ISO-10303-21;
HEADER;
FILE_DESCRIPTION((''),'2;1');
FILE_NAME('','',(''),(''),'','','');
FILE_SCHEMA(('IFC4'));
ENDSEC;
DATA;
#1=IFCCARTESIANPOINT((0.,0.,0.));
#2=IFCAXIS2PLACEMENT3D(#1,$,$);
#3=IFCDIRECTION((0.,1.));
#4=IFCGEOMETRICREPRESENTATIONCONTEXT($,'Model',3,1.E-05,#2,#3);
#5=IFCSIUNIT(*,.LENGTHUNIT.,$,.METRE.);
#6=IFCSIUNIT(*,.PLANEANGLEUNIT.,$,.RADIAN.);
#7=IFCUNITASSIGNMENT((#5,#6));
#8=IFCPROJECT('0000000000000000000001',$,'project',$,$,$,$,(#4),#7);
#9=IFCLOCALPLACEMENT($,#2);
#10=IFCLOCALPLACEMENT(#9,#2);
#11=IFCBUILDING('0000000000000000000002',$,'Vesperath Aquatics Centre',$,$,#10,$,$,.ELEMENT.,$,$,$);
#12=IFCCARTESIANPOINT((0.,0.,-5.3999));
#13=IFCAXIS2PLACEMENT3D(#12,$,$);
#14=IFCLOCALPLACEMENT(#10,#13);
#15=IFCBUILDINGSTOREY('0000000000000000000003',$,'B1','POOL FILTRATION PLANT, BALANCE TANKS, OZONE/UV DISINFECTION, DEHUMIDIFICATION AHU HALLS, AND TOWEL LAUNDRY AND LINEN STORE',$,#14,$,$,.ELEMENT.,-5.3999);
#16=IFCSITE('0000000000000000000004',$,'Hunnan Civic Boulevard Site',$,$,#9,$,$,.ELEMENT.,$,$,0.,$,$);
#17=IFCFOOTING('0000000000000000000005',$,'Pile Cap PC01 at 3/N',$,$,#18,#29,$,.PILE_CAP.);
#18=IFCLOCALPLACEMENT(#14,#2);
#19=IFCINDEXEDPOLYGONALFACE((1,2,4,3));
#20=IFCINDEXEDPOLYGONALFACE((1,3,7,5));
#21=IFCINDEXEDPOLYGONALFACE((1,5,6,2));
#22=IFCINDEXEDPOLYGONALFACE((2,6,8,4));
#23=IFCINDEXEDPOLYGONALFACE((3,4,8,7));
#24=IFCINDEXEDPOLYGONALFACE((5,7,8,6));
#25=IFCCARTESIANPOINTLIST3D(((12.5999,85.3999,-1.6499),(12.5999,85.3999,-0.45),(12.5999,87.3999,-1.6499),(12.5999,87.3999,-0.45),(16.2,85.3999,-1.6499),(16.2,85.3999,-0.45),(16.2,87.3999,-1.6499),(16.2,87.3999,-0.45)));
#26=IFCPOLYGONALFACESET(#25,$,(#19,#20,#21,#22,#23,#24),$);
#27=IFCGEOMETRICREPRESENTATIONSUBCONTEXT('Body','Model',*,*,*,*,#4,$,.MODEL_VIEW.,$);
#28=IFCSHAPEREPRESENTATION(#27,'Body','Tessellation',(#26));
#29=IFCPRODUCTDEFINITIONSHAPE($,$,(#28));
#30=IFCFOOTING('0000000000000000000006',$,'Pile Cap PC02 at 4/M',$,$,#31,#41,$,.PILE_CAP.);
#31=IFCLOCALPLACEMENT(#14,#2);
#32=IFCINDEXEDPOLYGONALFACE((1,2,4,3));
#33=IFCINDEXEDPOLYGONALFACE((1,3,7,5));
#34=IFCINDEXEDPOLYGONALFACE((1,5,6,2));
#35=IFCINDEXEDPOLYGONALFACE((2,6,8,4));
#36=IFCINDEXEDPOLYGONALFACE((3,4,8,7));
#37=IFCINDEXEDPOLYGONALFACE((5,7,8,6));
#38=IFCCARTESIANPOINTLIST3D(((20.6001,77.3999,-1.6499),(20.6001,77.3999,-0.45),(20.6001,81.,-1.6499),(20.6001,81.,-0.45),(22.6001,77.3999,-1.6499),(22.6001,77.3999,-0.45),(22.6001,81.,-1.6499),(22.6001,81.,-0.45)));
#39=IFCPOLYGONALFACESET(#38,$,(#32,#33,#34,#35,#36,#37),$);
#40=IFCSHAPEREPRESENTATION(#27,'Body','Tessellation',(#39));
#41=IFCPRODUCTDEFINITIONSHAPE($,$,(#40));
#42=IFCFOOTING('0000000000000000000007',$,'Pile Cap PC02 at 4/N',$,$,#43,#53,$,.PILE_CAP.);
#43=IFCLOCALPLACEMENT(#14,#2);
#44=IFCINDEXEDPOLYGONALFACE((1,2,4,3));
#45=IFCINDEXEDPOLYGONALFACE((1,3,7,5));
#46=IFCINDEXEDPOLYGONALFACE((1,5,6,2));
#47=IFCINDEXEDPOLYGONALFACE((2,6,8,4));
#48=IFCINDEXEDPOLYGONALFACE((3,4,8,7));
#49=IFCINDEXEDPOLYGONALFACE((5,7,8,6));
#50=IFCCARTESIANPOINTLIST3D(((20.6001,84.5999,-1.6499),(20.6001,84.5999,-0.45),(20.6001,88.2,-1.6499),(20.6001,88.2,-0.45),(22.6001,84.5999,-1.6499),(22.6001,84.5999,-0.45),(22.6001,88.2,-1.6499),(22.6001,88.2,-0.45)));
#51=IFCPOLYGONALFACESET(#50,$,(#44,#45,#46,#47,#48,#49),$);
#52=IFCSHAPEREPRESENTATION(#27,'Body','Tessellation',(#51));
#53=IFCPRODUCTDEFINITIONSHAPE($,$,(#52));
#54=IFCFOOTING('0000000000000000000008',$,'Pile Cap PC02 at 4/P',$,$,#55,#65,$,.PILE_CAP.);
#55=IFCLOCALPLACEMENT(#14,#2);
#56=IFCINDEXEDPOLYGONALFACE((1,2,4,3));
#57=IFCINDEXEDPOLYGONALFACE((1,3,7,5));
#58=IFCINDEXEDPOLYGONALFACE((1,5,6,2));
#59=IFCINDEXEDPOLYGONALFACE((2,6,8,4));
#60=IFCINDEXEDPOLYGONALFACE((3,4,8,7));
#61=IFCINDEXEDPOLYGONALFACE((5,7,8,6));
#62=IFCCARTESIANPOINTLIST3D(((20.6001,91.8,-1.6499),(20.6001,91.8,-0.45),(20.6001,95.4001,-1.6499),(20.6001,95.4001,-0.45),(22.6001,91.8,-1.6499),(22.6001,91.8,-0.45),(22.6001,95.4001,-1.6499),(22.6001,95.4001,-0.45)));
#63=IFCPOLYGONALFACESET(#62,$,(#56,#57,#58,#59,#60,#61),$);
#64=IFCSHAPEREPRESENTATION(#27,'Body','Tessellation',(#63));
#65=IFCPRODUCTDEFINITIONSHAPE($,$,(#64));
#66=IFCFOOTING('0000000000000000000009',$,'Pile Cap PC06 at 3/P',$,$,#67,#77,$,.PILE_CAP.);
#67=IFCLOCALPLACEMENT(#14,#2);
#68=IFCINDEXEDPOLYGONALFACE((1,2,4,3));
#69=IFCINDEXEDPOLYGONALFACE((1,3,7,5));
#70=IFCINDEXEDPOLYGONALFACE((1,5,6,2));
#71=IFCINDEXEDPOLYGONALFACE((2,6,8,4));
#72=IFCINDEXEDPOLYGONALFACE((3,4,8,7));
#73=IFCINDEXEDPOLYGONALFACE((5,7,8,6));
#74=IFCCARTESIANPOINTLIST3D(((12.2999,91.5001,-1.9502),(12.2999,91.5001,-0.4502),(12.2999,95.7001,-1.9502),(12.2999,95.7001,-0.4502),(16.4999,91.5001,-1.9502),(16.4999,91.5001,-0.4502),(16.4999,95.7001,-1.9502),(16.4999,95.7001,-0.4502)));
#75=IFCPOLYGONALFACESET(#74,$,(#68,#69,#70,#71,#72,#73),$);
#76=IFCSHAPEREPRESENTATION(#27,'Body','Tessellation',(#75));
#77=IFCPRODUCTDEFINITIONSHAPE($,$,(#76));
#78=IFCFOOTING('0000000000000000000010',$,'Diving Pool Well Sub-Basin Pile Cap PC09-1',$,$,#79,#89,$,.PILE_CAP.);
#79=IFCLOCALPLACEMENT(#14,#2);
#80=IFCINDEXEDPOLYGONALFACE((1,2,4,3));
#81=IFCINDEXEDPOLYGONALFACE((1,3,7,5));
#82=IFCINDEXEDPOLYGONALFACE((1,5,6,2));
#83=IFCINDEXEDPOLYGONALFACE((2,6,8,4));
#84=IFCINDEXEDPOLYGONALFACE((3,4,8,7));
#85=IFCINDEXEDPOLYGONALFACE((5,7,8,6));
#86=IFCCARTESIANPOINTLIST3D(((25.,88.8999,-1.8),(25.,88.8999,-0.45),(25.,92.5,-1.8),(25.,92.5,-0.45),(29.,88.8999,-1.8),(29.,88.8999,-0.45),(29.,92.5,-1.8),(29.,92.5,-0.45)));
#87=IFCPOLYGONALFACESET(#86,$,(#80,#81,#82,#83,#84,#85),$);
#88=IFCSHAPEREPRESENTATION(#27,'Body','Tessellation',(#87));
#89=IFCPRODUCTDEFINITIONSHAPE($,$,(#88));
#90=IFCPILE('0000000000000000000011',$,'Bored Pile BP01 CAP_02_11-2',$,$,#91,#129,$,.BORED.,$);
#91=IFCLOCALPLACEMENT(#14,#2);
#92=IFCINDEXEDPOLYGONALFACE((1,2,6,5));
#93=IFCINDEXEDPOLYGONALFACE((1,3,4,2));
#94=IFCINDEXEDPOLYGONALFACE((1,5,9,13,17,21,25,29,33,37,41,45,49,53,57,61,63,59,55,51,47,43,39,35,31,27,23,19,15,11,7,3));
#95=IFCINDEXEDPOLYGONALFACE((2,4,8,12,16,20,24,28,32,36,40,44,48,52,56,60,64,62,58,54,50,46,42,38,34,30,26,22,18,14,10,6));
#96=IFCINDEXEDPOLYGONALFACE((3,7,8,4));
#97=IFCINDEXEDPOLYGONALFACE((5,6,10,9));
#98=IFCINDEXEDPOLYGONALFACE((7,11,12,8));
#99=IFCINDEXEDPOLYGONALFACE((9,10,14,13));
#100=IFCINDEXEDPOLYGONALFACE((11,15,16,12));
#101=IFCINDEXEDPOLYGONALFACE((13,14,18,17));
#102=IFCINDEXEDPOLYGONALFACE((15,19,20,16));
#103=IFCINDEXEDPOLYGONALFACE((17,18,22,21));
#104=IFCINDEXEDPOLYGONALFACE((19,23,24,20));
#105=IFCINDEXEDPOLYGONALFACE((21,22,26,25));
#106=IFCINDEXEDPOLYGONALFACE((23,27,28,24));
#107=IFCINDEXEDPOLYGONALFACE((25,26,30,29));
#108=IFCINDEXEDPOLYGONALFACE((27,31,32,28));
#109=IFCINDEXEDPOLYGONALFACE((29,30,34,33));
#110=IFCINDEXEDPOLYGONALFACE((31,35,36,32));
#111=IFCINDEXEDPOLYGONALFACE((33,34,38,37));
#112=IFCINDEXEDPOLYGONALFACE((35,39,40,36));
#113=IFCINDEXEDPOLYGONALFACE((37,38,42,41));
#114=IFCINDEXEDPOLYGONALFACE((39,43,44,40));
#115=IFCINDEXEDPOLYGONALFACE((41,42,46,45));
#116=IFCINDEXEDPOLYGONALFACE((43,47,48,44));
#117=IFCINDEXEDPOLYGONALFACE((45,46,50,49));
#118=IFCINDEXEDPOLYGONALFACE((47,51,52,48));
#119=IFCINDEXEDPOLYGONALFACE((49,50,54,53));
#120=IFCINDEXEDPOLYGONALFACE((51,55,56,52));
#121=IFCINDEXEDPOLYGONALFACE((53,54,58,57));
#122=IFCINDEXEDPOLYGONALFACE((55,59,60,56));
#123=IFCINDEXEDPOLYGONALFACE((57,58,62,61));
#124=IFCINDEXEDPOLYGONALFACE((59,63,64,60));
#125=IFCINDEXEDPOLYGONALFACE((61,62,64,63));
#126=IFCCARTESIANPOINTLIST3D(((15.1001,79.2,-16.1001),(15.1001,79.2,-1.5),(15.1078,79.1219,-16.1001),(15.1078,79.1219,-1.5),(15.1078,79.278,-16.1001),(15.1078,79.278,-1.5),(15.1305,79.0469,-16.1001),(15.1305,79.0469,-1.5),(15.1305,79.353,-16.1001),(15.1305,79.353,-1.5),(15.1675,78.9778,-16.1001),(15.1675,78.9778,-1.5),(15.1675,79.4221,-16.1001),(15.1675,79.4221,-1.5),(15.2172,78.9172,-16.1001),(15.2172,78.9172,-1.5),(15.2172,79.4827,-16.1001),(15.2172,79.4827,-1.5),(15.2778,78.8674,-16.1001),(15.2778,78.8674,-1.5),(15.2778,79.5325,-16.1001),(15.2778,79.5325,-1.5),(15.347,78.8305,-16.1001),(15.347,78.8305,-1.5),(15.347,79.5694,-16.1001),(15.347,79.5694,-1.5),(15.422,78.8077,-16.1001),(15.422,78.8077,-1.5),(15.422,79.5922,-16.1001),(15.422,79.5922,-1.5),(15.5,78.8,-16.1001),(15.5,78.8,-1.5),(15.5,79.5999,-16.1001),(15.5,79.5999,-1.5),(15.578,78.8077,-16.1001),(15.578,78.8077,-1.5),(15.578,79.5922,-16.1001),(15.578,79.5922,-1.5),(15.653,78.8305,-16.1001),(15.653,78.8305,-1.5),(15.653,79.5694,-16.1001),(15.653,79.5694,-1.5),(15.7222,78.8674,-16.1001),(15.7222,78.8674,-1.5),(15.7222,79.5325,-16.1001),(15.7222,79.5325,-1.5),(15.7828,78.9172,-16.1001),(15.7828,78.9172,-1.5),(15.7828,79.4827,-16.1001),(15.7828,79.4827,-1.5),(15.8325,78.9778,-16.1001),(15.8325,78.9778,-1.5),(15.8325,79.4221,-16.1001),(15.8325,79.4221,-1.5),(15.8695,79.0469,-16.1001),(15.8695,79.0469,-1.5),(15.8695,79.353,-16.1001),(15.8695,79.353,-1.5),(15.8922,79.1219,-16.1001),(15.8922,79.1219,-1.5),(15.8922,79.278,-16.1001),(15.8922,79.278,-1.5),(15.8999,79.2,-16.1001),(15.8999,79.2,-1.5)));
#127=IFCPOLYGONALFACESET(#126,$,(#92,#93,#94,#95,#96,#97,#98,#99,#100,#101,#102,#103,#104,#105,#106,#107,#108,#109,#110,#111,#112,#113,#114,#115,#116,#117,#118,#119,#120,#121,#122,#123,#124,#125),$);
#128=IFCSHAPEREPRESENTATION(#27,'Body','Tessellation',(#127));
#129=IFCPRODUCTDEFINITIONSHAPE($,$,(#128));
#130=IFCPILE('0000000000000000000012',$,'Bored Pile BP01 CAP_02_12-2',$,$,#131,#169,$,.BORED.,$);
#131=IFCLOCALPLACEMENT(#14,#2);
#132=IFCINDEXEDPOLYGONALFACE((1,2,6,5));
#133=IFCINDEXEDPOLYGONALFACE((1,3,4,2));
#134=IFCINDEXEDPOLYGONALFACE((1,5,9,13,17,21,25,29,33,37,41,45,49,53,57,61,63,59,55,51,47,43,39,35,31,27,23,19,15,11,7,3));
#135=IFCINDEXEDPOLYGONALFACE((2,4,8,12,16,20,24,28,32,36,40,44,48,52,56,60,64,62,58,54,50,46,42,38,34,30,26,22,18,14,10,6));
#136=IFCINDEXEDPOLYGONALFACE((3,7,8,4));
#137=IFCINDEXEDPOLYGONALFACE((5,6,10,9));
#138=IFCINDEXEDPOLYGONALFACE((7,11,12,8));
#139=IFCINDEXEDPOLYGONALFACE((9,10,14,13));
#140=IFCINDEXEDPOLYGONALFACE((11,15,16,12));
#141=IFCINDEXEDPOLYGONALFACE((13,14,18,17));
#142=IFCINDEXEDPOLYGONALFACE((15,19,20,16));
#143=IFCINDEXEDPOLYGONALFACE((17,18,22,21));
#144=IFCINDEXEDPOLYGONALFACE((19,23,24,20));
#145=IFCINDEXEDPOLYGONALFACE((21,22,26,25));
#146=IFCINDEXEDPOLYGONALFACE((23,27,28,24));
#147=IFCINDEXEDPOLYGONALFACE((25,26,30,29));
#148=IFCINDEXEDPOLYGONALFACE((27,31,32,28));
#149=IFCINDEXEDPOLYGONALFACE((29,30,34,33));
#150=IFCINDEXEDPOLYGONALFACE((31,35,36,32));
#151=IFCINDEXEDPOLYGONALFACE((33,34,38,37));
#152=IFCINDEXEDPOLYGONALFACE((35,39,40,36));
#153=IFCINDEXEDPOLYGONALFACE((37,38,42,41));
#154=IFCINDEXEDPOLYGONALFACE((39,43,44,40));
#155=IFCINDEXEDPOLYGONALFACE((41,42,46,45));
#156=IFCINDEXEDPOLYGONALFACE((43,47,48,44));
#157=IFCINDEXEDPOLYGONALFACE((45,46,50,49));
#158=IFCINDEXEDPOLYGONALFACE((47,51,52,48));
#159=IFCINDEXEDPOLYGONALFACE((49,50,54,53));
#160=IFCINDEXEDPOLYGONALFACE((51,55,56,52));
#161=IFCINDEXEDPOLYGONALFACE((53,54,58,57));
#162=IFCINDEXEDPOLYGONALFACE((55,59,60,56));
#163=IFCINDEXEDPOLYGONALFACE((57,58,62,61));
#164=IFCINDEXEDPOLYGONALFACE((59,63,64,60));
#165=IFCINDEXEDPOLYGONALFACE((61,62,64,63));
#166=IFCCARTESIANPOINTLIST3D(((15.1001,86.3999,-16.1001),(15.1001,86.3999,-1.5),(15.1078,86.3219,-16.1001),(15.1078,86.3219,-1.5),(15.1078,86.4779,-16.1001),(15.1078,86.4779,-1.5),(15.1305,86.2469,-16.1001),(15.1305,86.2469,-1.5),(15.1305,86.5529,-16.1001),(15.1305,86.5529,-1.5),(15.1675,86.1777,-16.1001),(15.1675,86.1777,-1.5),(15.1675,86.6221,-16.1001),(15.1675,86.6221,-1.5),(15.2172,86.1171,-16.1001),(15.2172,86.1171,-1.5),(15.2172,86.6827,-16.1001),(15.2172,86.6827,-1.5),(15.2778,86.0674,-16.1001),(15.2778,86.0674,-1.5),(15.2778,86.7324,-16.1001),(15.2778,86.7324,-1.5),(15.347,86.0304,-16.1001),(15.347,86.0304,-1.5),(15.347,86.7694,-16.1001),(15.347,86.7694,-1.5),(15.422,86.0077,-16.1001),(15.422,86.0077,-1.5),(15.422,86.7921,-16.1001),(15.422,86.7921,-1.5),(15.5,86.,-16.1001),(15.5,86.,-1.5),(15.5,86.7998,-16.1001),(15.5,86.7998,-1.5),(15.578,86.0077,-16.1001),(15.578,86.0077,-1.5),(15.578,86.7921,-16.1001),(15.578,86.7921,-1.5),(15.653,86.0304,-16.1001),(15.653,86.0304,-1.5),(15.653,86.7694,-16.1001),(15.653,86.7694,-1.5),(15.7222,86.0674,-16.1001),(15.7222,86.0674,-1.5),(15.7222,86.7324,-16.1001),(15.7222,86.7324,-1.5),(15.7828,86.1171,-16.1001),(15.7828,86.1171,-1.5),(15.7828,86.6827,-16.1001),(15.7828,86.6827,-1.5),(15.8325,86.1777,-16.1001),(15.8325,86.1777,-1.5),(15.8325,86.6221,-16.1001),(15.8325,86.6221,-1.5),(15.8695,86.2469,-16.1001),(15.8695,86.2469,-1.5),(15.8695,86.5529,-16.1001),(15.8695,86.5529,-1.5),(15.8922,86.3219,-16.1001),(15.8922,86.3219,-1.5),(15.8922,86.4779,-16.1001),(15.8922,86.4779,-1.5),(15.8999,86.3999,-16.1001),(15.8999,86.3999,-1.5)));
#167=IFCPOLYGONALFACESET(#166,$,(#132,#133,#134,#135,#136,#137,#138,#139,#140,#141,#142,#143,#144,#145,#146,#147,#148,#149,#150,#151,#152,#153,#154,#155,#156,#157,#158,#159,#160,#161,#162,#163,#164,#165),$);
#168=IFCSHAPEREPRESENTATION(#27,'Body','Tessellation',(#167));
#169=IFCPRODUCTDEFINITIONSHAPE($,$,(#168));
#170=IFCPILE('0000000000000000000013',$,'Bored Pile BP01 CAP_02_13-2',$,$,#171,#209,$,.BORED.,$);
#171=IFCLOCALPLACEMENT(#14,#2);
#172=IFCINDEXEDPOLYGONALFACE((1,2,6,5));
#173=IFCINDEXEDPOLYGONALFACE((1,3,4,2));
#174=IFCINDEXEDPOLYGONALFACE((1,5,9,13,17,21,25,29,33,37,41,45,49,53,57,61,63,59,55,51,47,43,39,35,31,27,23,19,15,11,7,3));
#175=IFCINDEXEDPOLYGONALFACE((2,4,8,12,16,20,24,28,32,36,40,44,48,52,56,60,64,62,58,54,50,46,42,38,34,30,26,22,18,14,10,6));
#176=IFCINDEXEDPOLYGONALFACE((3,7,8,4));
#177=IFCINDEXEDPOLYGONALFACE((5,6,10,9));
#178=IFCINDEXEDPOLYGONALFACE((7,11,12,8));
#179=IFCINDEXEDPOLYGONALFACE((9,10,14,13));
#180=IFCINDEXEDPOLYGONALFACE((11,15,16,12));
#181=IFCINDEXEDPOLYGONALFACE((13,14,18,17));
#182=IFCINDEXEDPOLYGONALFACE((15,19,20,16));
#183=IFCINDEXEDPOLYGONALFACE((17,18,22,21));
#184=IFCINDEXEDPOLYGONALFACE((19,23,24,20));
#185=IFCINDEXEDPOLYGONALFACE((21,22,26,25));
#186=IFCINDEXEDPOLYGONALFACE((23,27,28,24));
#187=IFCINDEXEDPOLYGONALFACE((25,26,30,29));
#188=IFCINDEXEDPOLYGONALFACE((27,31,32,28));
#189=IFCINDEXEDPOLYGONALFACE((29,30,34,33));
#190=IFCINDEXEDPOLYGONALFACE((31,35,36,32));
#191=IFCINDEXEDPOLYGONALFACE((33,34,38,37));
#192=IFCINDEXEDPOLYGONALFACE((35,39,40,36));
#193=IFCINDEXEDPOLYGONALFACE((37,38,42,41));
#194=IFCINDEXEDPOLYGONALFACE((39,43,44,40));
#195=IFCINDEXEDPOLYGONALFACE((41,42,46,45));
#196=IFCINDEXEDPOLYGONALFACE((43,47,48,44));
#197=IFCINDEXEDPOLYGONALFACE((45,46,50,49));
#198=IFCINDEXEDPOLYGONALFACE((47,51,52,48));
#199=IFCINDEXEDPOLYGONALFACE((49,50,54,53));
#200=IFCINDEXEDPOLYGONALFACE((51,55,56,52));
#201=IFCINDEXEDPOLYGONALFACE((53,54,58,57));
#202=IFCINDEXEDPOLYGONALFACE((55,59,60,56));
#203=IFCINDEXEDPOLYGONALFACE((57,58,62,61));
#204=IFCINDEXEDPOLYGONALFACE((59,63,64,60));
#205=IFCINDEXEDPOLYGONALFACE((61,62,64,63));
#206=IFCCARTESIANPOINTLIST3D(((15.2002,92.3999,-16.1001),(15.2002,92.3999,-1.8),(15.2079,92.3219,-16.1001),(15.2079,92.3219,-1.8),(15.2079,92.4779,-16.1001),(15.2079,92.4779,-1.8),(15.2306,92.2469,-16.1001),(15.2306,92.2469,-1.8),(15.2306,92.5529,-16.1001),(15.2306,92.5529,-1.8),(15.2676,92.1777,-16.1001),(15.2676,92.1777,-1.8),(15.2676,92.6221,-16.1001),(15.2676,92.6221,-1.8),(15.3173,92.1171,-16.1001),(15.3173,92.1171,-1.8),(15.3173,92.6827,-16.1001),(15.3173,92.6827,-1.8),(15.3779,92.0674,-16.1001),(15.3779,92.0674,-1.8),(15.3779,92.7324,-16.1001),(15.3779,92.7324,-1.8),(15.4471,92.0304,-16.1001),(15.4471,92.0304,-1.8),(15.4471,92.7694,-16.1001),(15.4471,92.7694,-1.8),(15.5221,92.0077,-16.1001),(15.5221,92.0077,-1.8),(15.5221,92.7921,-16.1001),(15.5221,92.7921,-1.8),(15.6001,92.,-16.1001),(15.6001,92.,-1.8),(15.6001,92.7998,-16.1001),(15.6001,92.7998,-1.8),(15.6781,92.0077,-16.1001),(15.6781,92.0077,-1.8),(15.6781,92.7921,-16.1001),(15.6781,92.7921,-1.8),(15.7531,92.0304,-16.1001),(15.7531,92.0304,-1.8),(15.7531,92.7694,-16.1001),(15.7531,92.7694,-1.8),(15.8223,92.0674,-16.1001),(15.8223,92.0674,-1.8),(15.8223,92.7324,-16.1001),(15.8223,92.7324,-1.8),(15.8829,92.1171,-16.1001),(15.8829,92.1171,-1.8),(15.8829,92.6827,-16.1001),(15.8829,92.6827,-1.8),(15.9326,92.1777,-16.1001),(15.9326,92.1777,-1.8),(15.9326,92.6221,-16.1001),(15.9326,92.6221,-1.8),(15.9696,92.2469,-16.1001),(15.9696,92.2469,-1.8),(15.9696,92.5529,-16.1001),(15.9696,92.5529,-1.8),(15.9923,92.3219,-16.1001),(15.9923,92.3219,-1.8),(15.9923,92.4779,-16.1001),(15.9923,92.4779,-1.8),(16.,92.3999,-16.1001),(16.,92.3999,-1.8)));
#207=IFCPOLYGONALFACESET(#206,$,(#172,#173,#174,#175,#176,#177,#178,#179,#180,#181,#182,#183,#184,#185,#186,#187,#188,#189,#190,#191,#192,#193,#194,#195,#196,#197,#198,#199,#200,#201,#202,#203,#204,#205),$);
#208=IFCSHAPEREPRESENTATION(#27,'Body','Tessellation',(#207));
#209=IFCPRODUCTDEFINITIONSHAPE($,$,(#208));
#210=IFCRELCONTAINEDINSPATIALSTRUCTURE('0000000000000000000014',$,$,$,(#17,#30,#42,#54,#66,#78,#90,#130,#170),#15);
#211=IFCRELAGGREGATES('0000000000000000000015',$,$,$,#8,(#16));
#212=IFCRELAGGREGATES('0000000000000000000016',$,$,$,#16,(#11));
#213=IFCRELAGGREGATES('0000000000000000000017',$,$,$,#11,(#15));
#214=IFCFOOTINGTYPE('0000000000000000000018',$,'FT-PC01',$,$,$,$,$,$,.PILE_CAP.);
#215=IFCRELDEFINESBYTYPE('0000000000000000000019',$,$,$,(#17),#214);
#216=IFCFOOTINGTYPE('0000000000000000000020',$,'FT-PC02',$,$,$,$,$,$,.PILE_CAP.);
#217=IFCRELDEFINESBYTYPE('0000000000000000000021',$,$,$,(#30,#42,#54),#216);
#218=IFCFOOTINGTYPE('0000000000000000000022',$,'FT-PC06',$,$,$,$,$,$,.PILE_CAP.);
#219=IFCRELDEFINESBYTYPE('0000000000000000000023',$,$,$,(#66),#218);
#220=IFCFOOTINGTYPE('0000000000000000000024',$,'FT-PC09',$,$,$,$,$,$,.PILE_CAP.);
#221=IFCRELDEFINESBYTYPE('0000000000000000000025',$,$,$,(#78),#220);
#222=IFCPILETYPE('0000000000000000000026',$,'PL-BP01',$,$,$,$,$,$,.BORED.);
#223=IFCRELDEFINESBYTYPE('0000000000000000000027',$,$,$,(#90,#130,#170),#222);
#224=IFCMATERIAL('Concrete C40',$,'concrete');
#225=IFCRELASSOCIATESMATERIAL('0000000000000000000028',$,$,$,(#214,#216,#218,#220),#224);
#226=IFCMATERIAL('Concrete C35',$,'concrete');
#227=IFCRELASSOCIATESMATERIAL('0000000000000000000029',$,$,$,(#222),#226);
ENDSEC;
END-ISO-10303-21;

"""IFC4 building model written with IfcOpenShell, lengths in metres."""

from ifc_helpers import new_model, si_unit, direction, frame, origin, origin_2d, place, context, subcontext, project, spatial, rectangle, circle, extrude, material, material_profile, profile_set, type_object, element, save


model = new_model("IFC4")

# Units and contexts
model_context = context("Model", 3, precision=1e-05, world=origin(), true_north=direction((0.0, 1.0)))
body_context = subcontext(model_context, "Body", "Model", "MODEL_VIEW")
ifc_project = project(units=[si_unit("LENGTHUNIT", "METRE"), si_unit("PLANEANGLEUNIT", "RADIAN")], contexts=[model_context])

# Site, building, storey
site_placement = place(None, origin())
site = spatial("IfcSite", under=ifc_project, at=site_placement, Name="Hunnan Civic Boulevard Site", CompositionType="ELEMENT", RefElevation=0.0)
building_placement = place(site_placement, origin())
building = spatial("IfcBuilding", under=site, at=building_placement, Name="Vesperath Aquatics Centre", CompositionType="ELEMENT")
storey_placement = place(building_placement, frame((0.0, 0.0, -5.3999)))
storey = spatial("IfcBuildingStorey", under=building, at=storey_placement, Name="B1", Description="POOL FILTRATION PLANT, BALANCE TANKS, OZONE/UV DISINFECTION, DEHUMIDIFICATION AHU HALLS, AND TOWEL LAUNDRY AND LINEN STORE", CompositionType="ELEMENT", Elevation=-5.3999)

# Footings
ifc_material_1 = material(Name="Concrete C40", Category="concrete")
footing_type_1 = type_object("IfcFootingType", Name="FT-PC01", PredefinedType="PILE_CAP", material=ifc_material_1)
footing_1_placement = place(storey_placement, frame((14.3999, 86.3999, -1.6499), z_axis=(0.0, 0.0, 1.0), x_axis=(1.0, 0.0, 0.0)))
element("IfcFooting", 1, at=footing_1_placement, inside=storey, type_object=footing_type_1, Name="Pile Cap PC01 at 3/N", PredefinedType="PILE_CAP", context=body_context, shape_type="SweptSolid", body=[
    extrude(rectangle(XDim=3.6001, YDim=2.0, at=origin_2d()), origin(), (0.0, 0.0, 1.0), 1.2),
])
footing_type_2 = type_object("IfcFootingType", Name="FT-PC02", PredefinedType="PILE_CAP", material=ifc_material_1)
for number, where, z_axis, x_axis, name in (
    (2, (21.6001, 79.2, -1.6499), (0.0, 0.0, 1.0), (1.0, 0.0, 0.0), "Pile Cap PC02 at 4/M"),
    (3, (21.6001, 86.3999, -1.6499), (0.0, 0.0, 1.0), (1.0, 0.0, 0.0), "Pile Cap PC02 at 4/N"),
    (4, (21.6001, 93.6001, -1.6499), (0.0, 0.0, 1.0), (1.0, 0.0, 0.0), "Pile Cap PC02 at 4/P"),
):
    element("IfcFooting", number, at=place(storey_placement, frame(where, z_axis=z_axis, x_axis=x_axis)), inside=storey, type_object=footing_type_2, Name=name, PredefinedType="PILE_CAP", context=body_context, shape_type="SweptSolid", body=[
        extrude(rectangle(XDim=2.0, YDim=3.6001, at=origin_2d()), origin(), (0.0, 0.0, 1.0), 1.2),
    ])
footing_type_3 = type_object("IfcFootingType", Name="FT-PC06", PredefinedType="PILE_CAP", material=ifc_material_1)
footing_2_placement = place(storey_placement, frame((14.3999, 93.6001, -1.9502), z_axis=(0.0, 0.0, 1.0), x_axis=(1.0, 0.0, 0.0)))
element("IfcFooting", 5, at=footing_2_placement, inside=storey, type_object=footing_type_3, Name="Pile Cap PC06 at 3/P", PredefinedType="PILE_CAP", context=body_context, shape_type="SweptSolid", body=[
    extrude(rectangle(XDim=4.2, YDim=4.2, at=origin_2d()), origin(), (0.0, 0.0, 1.0), 1.5),
])
footing_type_4 = type_object("IfcFootingType", Name="FT-PC09", PredefinedType="PILE_CAP", material=ifc_material_1)
footing_3_placement = place(storey_placement, frame((27.0, 90.7, -1.8), z_axis=(0.0, 0.0, 1.0), x_axis=(1.0, 0.0, 0.0)))
element("IfcFooting", 6, at=footing_3_placement, inside=storey, type_object=footing_type_4, Name="Diving Pool Well Sub-Basin Pile Cap PC09-1", PredefinedType="PILE_CAP", context=body_context, shape_type="SweptSolid", body=[
    extrude(rectangle(XDim=4.0, YDim=3.6001, at=origin_2d()), origin(), (0.0, 0.0, 1.0), 1.3501),
])

# Piles
ifc_material_2 = material(Name="Concrete C35", Category="concrete")
ifc_material_profile_1 = material_profile(ifc_material_2, circle(Radius=0.3999, at=origin_2d()), Name="PILE D800")
ifc_profile_set_1 = profile_set([ifc_material_profile_1], Name="Concrete C35")
pile_type = type_object("IfcPileType", Name="PL-BP01", PredefinedType="BORED", material=ifc_profile_set_1)
for number, where, z_axis, x_axis, name in (
    (7, (15.5, 79.2, -1.5), (0.0, 0.0, -1.0), (1.0, 0.0, 0.0), "Bored Pile BP01 CAP_02_11-2"),
    (8, (15.5, 86.3999, -1.5), (0.0, 0.0, -1.0), (1.0, 0.0, 0.0), "Bored Pile BP01 CAP_02_12-2"),
):
    element("IfcPile", number, at=place(storey_placement, frame(where, z_axis=z_axis, x_axis=x_axis)), inside=storey, type_object=pile_type, Name=name, PredefinedType="BORED", context=body_context, shape_type="SweptSolid", body=[
        extrude(circle(Radius=0.3999, at=origin_2d()), origin(), (0.0, 0.0, 1.0), 14.6001),
    ])
pile_placement = place(storey_placement, frame((15.6001, 92.3999, -1.8), z_axis=(0.0, 0.0, -1.0), x_axis=(1.0, 0.0, 0.0)))
element("IfcPile", 9, at=pile_placement, inside=storey, type_object=pile_type, Name="Bored Pile BP01 CAP_02_13-2", PredefinedType="BORED", context=body_context, shape_type="SweptSolid", body=[
    extrude(circle(Radius=0.3999, at=origin_2d()), origin(), (0.0, 0.0, 1.0), 14.3),
])

save(model, "model.ifc")
